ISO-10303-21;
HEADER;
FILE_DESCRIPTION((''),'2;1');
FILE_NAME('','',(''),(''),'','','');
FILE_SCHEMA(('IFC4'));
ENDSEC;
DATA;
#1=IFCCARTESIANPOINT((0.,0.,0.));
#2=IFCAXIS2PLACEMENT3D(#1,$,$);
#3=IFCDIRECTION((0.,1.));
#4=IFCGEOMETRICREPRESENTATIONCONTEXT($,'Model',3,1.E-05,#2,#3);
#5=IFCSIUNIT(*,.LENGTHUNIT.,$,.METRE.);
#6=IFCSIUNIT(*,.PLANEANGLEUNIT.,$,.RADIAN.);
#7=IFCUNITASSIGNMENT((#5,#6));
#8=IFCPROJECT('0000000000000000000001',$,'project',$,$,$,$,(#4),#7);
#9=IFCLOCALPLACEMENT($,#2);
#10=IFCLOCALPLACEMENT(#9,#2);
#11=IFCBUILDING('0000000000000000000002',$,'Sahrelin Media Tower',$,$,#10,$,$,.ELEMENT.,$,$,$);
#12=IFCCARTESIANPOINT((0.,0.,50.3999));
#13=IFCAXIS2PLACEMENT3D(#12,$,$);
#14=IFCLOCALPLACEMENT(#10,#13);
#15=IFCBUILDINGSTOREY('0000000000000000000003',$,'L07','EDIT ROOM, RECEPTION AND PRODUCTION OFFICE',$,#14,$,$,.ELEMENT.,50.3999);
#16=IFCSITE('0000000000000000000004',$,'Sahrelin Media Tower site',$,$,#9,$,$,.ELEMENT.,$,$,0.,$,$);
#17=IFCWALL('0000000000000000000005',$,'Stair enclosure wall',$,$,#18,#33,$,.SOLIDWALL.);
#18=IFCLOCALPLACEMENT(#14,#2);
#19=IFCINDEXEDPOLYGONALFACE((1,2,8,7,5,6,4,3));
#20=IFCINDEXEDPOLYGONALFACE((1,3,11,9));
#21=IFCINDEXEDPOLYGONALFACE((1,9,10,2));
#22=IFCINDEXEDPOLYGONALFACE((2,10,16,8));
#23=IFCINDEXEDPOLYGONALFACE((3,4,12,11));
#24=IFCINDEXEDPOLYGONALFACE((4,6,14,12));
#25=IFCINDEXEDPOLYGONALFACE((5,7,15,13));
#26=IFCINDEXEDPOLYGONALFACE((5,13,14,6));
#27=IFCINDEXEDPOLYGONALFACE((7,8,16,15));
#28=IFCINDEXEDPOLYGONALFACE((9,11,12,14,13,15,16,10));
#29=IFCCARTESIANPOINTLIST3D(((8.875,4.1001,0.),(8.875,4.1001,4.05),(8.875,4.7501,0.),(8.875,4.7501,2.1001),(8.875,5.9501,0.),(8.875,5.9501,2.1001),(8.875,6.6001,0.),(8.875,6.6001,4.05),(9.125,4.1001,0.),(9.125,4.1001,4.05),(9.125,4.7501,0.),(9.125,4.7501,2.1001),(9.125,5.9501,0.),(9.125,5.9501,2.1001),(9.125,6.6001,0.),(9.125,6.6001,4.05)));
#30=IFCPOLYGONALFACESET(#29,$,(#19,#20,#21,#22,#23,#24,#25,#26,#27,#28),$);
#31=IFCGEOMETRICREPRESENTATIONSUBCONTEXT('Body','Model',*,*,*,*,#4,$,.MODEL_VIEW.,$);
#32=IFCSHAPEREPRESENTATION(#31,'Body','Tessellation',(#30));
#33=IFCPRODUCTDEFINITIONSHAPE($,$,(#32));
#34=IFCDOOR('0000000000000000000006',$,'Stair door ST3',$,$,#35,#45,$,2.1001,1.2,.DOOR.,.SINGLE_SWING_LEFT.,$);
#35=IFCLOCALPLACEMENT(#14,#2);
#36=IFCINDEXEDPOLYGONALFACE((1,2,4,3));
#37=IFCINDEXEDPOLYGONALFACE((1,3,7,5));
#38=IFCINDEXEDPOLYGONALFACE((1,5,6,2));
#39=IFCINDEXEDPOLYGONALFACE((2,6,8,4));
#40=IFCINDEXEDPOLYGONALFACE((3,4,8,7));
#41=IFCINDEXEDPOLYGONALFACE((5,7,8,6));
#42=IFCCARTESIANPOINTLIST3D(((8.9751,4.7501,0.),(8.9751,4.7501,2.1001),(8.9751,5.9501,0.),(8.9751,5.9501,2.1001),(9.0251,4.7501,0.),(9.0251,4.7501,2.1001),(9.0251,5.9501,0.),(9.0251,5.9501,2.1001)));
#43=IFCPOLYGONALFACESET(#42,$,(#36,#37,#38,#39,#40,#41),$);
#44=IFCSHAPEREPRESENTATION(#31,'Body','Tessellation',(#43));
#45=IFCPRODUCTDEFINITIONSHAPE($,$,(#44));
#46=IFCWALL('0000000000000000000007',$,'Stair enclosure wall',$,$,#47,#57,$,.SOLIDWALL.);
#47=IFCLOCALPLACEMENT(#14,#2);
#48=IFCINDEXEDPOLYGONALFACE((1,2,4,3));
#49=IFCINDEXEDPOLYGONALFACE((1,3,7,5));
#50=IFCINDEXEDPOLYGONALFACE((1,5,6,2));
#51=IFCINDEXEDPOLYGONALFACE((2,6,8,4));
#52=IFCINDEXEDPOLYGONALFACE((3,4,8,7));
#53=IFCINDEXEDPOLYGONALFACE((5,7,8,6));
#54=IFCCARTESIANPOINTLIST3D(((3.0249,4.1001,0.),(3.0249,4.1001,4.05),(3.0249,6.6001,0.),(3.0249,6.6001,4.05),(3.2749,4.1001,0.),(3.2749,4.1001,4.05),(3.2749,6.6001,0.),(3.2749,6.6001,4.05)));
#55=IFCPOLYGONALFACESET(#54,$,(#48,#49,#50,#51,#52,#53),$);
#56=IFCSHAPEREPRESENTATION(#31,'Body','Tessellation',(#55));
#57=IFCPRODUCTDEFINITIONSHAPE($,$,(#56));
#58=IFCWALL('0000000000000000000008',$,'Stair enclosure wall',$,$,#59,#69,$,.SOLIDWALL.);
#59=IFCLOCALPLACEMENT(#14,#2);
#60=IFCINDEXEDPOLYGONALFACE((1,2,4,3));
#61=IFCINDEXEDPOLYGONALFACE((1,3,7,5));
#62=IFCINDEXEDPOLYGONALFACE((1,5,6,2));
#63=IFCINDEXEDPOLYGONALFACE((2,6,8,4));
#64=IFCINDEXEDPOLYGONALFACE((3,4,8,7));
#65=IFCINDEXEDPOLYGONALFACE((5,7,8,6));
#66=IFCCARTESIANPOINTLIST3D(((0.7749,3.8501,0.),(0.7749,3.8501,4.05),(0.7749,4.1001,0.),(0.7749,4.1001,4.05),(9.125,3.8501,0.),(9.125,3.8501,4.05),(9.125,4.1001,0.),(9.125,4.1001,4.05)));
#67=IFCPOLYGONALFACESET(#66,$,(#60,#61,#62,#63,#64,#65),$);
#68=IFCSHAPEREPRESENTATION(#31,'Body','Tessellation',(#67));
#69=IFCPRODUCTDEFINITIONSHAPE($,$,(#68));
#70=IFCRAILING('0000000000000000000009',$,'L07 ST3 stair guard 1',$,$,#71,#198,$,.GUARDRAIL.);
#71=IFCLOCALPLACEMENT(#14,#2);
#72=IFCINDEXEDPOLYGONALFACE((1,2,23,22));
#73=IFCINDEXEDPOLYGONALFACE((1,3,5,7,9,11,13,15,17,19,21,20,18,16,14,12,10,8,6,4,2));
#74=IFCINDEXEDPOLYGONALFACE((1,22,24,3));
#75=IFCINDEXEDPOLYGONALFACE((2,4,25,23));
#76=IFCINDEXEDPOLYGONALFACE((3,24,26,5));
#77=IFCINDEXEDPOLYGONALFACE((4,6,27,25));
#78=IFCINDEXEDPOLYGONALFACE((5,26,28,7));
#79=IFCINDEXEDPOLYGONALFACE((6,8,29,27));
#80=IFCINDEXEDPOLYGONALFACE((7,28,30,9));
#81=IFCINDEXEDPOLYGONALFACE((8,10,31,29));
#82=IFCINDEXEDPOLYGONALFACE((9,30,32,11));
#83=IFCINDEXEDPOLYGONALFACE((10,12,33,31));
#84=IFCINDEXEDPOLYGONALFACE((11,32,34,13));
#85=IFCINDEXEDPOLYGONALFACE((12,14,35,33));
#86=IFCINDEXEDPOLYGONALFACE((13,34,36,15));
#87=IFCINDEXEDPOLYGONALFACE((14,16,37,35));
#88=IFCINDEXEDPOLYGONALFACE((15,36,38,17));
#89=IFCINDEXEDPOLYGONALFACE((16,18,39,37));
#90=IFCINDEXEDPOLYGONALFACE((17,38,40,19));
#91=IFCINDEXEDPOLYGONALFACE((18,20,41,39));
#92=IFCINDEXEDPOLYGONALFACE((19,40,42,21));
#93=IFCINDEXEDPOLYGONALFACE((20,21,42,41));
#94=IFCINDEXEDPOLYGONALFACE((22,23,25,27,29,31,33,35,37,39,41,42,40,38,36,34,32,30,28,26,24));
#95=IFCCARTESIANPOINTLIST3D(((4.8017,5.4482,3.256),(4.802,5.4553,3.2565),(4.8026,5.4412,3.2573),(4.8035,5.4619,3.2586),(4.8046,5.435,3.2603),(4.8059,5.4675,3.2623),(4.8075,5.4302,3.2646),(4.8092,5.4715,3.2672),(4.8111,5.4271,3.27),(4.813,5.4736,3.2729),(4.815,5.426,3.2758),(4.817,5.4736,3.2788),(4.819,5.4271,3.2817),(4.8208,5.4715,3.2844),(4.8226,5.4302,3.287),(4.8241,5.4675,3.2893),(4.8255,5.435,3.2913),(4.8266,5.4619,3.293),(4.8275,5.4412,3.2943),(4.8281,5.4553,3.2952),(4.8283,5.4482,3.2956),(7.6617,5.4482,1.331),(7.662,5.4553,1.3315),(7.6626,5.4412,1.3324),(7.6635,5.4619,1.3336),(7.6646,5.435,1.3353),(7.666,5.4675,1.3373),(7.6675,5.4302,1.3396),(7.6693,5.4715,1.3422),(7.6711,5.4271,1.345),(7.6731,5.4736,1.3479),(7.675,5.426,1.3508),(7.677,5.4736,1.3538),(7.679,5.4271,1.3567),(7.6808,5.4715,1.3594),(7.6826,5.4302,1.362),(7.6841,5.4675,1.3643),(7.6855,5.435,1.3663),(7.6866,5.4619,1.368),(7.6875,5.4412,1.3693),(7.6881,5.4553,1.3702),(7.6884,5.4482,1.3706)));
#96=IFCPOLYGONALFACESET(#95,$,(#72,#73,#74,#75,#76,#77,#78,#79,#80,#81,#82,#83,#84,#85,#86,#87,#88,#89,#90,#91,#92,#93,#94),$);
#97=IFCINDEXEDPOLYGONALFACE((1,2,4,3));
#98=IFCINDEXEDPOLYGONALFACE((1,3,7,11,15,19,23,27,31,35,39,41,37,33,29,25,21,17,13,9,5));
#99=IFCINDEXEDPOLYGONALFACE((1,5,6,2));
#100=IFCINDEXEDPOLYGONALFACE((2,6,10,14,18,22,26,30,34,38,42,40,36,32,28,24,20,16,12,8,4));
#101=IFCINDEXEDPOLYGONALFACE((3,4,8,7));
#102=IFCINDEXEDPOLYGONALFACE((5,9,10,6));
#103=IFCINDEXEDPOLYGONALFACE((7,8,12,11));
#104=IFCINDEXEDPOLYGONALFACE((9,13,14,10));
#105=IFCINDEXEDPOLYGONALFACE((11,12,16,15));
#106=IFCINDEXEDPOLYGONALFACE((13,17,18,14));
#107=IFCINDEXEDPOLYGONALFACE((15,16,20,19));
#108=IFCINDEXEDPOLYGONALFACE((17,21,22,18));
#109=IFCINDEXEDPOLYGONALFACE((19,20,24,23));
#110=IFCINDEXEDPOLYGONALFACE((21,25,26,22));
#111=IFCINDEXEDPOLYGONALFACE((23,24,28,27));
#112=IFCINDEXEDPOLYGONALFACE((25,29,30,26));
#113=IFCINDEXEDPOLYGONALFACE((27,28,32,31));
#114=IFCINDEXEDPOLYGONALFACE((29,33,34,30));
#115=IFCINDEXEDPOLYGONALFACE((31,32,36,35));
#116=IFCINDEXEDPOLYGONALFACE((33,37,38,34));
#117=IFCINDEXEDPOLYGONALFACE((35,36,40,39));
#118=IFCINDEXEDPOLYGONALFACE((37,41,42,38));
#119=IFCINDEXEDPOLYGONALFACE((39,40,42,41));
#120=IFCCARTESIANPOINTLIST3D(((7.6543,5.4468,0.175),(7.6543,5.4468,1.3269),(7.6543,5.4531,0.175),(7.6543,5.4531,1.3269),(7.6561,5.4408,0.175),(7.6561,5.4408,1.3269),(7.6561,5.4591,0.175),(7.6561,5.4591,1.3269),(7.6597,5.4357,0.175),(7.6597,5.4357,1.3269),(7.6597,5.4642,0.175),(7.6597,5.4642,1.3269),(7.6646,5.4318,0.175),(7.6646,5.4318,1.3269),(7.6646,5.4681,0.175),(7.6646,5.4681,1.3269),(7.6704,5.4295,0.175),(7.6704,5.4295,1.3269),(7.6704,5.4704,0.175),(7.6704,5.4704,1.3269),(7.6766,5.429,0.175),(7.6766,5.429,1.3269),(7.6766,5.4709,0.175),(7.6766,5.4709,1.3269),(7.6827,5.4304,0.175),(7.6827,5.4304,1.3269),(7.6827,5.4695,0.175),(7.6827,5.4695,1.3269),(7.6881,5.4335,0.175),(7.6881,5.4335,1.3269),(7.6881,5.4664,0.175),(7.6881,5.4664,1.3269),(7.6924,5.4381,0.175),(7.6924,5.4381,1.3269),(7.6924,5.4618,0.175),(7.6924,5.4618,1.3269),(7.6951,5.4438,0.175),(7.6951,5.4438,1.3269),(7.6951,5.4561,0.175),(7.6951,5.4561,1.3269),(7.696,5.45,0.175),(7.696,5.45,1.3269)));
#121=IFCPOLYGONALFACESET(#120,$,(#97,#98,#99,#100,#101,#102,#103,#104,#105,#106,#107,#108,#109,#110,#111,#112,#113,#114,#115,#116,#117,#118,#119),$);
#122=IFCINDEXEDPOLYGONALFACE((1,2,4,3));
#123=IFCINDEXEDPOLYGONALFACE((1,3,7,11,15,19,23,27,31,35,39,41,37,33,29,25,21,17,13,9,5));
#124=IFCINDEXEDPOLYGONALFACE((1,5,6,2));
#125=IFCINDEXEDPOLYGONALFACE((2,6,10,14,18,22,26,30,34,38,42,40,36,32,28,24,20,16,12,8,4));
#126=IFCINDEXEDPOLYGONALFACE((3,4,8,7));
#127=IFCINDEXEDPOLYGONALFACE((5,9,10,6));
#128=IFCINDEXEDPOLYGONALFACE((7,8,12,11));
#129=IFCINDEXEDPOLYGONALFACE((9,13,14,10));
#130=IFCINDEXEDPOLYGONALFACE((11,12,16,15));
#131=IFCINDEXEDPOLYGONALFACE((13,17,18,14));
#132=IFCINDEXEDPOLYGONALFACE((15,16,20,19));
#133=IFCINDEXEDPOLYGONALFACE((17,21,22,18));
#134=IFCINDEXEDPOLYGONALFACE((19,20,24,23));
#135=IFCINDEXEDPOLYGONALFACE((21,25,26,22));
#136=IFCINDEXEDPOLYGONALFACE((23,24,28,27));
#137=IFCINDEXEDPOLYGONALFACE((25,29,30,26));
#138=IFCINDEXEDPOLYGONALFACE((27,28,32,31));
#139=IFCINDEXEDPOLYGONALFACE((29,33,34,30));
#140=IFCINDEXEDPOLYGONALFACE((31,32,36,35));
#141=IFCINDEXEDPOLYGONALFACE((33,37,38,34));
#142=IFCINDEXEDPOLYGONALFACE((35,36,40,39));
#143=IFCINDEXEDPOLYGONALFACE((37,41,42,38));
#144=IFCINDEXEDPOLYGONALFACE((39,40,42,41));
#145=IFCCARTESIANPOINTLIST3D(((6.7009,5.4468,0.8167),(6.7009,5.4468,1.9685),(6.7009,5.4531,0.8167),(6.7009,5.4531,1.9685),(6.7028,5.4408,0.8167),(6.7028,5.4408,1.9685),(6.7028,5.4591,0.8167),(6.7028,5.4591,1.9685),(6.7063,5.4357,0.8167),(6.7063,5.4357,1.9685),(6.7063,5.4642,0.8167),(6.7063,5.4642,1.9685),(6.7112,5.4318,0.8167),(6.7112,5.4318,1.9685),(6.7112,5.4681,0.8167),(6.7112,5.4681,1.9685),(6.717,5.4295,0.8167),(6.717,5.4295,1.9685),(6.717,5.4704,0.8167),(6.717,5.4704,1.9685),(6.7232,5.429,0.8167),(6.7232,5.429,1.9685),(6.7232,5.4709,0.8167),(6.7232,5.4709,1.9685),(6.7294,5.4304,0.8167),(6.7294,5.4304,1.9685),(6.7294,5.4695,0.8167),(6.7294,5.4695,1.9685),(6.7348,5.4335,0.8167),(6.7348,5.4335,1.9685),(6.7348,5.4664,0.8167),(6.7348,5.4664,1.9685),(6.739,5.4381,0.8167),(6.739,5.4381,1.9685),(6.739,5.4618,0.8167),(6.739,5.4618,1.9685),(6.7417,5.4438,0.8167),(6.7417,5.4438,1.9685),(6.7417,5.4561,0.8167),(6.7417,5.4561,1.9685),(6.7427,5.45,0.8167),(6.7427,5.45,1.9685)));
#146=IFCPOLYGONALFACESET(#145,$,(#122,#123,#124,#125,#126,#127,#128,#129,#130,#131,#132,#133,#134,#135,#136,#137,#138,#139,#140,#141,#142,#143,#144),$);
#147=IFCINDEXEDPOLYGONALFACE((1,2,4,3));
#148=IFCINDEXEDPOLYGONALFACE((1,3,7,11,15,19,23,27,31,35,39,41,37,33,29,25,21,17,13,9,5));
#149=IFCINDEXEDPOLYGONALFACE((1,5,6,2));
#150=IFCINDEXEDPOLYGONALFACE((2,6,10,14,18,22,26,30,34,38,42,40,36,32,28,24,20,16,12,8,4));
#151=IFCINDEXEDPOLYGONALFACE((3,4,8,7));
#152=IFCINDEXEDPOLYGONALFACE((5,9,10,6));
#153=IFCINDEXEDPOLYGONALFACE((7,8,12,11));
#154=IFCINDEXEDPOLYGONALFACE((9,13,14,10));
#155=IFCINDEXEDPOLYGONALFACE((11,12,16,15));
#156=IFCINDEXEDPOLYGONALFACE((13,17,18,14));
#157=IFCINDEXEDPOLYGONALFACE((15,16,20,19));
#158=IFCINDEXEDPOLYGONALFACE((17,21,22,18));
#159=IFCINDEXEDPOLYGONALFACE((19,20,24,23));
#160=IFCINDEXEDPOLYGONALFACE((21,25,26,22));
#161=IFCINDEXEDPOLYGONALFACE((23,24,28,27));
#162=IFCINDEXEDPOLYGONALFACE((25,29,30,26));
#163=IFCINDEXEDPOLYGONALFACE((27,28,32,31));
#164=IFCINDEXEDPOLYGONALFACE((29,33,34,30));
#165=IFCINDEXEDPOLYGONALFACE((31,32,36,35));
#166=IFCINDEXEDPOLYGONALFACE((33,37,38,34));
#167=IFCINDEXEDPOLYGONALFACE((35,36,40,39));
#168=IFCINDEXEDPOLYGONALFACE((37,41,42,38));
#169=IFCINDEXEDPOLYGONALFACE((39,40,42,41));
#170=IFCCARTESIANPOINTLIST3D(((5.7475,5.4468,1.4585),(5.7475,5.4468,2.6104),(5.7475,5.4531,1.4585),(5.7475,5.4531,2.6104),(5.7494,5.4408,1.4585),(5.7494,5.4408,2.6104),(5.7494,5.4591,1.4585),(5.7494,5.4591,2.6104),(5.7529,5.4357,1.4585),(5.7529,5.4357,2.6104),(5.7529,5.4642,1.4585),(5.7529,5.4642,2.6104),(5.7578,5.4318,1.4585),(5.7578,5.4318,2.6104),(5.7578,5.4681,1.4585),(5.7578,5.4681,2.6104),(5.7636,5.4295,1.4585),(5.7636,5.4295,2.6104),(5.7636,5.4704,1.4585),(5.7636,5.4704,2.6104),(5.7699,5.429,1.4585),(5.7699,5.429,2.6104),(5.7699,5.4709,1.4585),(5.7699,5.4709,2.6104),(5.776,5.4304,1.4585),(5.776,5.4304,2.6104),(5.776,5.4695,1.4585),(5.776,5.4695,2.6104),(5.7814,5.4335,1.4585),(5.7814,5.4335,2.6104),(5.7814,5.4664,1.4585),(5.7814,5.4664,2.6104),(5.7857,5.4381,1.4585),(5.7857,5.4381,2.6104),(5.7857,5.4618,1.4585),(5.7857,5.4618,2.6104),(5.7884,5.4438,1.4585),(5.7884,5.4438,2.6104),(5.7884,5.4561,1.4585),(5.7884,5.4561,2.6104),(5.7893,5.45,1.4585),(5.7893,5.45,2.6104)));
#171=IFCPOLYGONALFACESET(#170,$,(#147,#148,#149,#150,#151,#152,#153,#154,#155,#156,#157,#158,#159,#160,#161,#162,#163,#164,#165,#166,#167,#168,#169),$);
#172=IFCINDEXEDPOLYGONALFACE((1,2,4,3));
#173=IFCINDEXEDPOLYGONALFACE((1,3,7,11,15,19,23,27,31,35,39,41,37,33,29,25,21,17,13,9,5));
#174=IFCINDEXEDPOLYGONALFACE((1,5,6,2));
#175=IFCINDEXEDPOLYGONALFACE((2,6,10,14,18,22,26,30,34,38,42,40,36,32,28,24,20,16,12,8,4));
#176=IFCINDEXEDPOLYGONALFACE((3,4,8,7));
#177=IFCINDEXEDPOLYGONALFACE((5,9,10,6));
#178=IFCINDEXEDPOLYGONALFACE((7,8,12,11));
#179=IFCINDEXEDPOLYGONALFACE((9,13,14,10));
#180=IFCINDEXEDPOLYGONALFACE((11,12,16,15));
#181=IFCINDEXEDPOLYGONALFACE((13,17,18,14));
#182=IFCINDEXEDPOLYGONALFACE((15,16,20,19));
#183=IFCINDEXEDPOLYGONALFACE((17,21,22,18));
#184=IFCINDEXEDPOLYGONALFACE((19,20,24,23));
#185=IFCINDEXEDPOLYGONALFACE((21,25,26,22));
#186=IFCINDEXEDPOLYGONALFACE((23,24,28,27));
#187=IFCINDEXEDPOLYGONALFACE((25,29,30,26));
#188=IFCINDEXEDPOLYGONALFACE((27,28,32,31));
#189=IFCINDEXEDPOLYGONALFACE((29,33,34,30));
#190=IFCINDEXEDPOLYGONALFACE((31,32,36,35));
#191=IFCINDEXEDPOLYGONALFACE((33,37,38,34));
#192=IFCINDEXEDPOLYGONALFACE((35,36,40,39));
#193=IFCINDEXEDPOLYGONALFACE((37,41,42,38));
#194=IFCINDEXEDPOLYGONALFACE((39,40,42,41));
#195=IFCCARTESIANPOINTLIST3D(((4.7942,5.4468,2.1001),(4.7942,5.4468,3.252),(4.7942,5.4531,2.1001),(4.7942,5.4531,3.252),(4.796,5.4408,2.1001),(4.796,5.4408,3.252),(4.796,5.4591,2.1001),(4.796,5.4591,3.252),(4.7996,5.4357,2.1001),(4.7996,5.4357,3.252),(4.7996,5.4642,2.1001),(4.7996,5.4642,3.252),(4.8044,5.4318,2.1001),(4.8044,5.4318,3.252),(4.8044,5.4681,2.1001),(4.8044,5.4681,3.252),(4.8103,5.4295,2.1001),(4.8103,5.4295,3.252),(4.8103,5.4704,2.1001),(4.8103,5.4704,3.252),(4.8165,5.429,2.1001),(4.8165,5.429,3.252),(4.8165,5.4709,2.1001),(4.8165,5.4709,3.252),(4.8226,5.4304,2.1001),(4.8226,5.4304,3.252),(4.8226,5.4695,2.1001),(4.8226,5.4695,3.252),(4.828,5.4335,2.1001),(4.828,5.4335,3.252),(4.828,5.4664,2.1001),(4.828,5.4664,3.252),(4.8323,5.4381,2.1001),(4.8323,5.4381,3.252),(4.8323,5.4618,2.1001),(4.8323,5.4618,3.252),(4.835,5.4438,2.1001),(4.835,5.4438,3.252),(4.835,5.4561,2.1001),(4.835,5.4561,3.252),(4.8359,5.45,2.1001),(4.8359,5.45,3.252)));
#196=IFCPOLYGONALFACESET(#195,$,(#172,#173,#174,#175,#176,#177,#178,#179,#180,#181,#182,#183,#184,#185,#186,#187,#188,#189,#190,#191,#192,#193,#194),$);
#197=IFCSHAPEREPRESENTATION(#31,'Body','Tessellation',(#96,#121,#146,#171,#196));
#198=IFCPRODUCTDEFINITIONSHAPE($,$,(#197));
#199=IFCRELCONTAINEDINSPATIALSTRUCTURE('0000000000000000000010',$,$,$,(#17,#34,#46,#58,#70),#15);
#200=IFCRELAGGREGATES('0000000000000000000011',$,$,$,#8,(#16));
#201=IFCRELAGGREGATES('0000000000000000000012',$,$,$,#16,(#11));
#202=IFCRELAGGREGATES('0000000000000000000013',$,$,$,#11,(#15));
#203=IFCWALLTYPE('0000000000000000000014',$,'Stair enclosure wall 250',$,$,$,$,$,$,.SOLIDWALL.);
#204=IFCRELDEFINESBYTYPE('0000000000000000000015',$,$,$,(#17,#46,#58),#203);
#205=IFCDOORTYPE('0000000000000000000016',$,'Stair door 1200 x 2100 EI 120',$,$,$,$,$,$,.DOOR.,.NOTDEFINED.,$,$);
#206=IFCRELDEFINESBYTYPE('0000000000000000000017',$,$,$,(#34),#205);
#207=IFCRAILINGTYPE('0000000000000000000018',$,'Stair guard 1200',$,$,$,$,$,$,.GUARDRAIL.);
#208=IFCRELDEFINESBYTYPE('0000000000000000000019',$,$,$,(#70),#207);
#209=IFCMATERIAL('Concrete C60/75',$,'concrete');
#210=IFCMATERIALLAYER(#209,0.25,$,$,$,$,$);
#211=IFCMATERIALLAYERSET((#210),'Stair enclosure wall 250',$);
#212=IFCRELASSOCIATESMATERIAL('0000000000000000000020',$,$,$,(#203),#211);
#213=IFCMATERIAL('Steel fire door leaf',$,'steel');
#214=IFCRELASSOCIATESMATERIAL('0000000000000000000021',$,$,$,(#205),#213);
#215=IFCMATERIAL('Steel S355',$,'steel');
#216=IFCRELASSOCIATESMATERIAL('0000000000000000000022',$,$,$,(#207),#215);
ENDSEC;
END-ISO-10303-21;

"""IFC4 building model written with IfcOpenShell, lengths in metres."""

from ifc_helpers import new_model, si_unit, direction, frame, frame_2d, origin, origin_2d, place, context, subcontext, project, spatial, rectangle, circle, extrude, material, layer, layer_set, type_object, element, fill, save


model = new_model("IFC4")

# Units and contexts
model_context = context("Model", 3, precision=1e-05, world=origin(), true_north=direction((0.0, 1.0)))
body_context = subcontext(model_context, "Body", "Model", "MODEL_VIEW")
ifc_project = project(units=[si_unit("LENGTHUNIT", "METRE"), si_unit("PLANEANGLEUNIT", "RADIAN")], contexts=[model_context])

# Site, building, storey
site_placement = place(None, origin())
site = spatial("IfcSite", under=ifc_project, at=site_placement, Name="Sahrelin Media Tower site", CompositionType="ELEMENT", RefElevation=0.0)
building_placement = place(site_placement, origin())
building = spatial("IfcBuilding", under=site, at=building_placement, Name="Sahrelin Media Tower", CompositionType="ELEMENT")
storey_placement = place(building_placement, frame((0.0, 0.0, 50.3999)))
storey = spatial("IfcBuildingStorey", under=building, at=storey_placement, Name="L07", Description="EDIT ROOM, RECEPTION AND PRODUCTION OFFICE", CompositionType="ELEMENT", Elevation=50.3999)

# Shared definitions
ifc_material_1 = material(Name="Steel S355", Category="steel")

# Shared definitions
ifc_material_2 = material(Name="Steel fire door leaf", Category="steel")

# Wall, opening, door
ifc_material_3 = material(Name="Concrete C60/75", Category="concrete")
ifc_layer_1 = layer(ifc_material_3, 0.25)
ifc_layer_set_1 = layer_set([ifc_layer_1], Name="Stair enclosure wall 250")
wall_type_1 = type_object("IfcWallType", Name="Stair enclosure wall 250", PredefinedType="SOLIDWALL", material=ifc_layer_set_1)
wall_1_placement = place(storey_placement, frame((9.0, 4.1001, 0.0), z_axis=(0.0, 0.0, 1.0), x_axis=(0.0, 1.0, 0.0)))
wall_1 = element("IfcWall", 1, at=wall_1_placement, inside=storey, type_object=wall_type_1, Name="Stair enclosure wall", PredefinedType="SOLIDWALL", context=body_context, shape_type="SweptSolid", body=[
    extrude(rectangle(XDim=2.5, YDim=0.25, at=frame_2d((1.25, 0.0))), origin(), (0.0, 0.0, 1.0), 4.05),
])
opening_1_placement = place(wall_1_placement, frame((0.6499, 0.0, 0.0)))
opening_1 = element("IfcOpeningElement", 2, at=opening_1_placement, cuts=wall_1, PredefinedType="OPENING", context=body_context, shape_type="SweptSolid", body=[
    extrude(rectangle(XDim=1.2, YDim=2.1001, at=frame_2d((0.6001, 1.05))), frame((0.0, 0.125, 0.0), z_axis=(0.0, -1.0, 0.0), x_axis=(1.0, 0.0, 0.0)), (0.0, 0.0, 1.0), 0.25),
])
door_type_1 = type_object("IfcDoorType", Name="Stair door 1200 x 2100 EI 120", OperationType="NOTDEFINED", PredefinedType="DOOR", material=ifc_material_2)
door_1_placement = place(opening_1_placement, origin())
door_1 = element("IfcDoor", 3, at=door_1_placement, inside=storey, type_object=door_type_1, Name="Stair door ST3", OperationType="SINGLE_SWING_LEFT", OverallHeight=2.1001, OverallWidth=1.2, PredefinedType="DOOR", context=body_context, shape_type="SweptSolid", body=[
    extrude(rectangle(XDim=1.2, YDim=2.1001, at=frame_2d((0.6001, 1.05))), frame((0.0, 0.0249, 0.0), z_axis=(0.0, -1.0, 0.0), x_axis=(1.0, 0.0, 0.0)), (0.0, 0.0, 1.0), 0.05),
])
fill(opening_1, door_1)

# Walls
wall_2_placement = place(storey_placement, frame((3.1499, 4.1001, 0.0), z_axis=(0.0, 0.0, 1.0), x_axis=(0.0, 1.0, 0.0)))
element("IfcWall", 4, at=wall_2_placement, inside=storey, type_object=wall_type_1, Name="Stair enclosure wall", PredefinedType="SOLIDWALL", context=body_context, shape_type="SweptSolid", body=[
    extrude(rectangle(XDim=2.5, YDim=0.25, at=frame_2d((1.25, 0.0))), origin(), (0.0, 0.0, 1.0), 4.05),
])
wall_3_placement = place(storey_placement, frame((0.7749, 3.9751, 0.0), z_axis=(0.0, 0.0, 1.0), x_axis=(1.0, 0.0, 0.0)))
element("IfcWall", 5, at=wall_3_placement, inside=storey, type_object=wall_type_1, Name="Stair enclosure wall", PredefinedType="SOLIDWALL", context=body_context, shape_type="SweptSolid", body=[
    extrude(rectangle(XDim=8.3501, YDim=0.25, at=frame_2d((4.175, 0.0))), origin(), (0.0, 0.0, 1.0), 4.05),
])

# Railing
railing_type_1 = type_object("IfcRailingType", Name="Stair guard 1200", PredefinedType="GUARDRAIL", material=ifc_material_1)
railing_1_placement = place(storey_placement, frame((7.675, 5.45, 0.175)))
element("IfcRailing", 6, at=railing_1_placement, inside=storey, type_object=railing_type_1, Name="L07 ST3 stair guard 1", PredefinedType="GUARDRAIL", context=body_context, shape_type="SweptSolid", body=[
    extrude(circle(Radius=0.0239, at=origin_2d()), frame((0.0, 0.0, 1.1758), z_axis=(-0.829591, 0.0, 0.558372), x_axis=(0.0, -1.0, 0.0)), (0.0, 0.0, 1.0), 3.4475),
    extrude(circle(Radius=0.021, at=origin_2d()), origin(), (0.0, 0.0, 1.0), 1.1519),
    extrude(circle(Radius=0.021, at=origin_2d()), frame((-0.9534, 0.0, 0.6416)), (0.0, 0.0, 1.0), 1.1519),
    extrude(circle(Radius=0.021, at=origin_2d()), frame((-1.9067, 0.0, 1.2834)), (0.0, 0.0, 1.0), 1.1519),
    extrude(circle(Radius=0.021, at=origin_2d()), frame((-2.8601, 0.0, 1.925)), (0.0, 0.0, 1.0), 1.1519),
])

save(model, "model.ifc")
